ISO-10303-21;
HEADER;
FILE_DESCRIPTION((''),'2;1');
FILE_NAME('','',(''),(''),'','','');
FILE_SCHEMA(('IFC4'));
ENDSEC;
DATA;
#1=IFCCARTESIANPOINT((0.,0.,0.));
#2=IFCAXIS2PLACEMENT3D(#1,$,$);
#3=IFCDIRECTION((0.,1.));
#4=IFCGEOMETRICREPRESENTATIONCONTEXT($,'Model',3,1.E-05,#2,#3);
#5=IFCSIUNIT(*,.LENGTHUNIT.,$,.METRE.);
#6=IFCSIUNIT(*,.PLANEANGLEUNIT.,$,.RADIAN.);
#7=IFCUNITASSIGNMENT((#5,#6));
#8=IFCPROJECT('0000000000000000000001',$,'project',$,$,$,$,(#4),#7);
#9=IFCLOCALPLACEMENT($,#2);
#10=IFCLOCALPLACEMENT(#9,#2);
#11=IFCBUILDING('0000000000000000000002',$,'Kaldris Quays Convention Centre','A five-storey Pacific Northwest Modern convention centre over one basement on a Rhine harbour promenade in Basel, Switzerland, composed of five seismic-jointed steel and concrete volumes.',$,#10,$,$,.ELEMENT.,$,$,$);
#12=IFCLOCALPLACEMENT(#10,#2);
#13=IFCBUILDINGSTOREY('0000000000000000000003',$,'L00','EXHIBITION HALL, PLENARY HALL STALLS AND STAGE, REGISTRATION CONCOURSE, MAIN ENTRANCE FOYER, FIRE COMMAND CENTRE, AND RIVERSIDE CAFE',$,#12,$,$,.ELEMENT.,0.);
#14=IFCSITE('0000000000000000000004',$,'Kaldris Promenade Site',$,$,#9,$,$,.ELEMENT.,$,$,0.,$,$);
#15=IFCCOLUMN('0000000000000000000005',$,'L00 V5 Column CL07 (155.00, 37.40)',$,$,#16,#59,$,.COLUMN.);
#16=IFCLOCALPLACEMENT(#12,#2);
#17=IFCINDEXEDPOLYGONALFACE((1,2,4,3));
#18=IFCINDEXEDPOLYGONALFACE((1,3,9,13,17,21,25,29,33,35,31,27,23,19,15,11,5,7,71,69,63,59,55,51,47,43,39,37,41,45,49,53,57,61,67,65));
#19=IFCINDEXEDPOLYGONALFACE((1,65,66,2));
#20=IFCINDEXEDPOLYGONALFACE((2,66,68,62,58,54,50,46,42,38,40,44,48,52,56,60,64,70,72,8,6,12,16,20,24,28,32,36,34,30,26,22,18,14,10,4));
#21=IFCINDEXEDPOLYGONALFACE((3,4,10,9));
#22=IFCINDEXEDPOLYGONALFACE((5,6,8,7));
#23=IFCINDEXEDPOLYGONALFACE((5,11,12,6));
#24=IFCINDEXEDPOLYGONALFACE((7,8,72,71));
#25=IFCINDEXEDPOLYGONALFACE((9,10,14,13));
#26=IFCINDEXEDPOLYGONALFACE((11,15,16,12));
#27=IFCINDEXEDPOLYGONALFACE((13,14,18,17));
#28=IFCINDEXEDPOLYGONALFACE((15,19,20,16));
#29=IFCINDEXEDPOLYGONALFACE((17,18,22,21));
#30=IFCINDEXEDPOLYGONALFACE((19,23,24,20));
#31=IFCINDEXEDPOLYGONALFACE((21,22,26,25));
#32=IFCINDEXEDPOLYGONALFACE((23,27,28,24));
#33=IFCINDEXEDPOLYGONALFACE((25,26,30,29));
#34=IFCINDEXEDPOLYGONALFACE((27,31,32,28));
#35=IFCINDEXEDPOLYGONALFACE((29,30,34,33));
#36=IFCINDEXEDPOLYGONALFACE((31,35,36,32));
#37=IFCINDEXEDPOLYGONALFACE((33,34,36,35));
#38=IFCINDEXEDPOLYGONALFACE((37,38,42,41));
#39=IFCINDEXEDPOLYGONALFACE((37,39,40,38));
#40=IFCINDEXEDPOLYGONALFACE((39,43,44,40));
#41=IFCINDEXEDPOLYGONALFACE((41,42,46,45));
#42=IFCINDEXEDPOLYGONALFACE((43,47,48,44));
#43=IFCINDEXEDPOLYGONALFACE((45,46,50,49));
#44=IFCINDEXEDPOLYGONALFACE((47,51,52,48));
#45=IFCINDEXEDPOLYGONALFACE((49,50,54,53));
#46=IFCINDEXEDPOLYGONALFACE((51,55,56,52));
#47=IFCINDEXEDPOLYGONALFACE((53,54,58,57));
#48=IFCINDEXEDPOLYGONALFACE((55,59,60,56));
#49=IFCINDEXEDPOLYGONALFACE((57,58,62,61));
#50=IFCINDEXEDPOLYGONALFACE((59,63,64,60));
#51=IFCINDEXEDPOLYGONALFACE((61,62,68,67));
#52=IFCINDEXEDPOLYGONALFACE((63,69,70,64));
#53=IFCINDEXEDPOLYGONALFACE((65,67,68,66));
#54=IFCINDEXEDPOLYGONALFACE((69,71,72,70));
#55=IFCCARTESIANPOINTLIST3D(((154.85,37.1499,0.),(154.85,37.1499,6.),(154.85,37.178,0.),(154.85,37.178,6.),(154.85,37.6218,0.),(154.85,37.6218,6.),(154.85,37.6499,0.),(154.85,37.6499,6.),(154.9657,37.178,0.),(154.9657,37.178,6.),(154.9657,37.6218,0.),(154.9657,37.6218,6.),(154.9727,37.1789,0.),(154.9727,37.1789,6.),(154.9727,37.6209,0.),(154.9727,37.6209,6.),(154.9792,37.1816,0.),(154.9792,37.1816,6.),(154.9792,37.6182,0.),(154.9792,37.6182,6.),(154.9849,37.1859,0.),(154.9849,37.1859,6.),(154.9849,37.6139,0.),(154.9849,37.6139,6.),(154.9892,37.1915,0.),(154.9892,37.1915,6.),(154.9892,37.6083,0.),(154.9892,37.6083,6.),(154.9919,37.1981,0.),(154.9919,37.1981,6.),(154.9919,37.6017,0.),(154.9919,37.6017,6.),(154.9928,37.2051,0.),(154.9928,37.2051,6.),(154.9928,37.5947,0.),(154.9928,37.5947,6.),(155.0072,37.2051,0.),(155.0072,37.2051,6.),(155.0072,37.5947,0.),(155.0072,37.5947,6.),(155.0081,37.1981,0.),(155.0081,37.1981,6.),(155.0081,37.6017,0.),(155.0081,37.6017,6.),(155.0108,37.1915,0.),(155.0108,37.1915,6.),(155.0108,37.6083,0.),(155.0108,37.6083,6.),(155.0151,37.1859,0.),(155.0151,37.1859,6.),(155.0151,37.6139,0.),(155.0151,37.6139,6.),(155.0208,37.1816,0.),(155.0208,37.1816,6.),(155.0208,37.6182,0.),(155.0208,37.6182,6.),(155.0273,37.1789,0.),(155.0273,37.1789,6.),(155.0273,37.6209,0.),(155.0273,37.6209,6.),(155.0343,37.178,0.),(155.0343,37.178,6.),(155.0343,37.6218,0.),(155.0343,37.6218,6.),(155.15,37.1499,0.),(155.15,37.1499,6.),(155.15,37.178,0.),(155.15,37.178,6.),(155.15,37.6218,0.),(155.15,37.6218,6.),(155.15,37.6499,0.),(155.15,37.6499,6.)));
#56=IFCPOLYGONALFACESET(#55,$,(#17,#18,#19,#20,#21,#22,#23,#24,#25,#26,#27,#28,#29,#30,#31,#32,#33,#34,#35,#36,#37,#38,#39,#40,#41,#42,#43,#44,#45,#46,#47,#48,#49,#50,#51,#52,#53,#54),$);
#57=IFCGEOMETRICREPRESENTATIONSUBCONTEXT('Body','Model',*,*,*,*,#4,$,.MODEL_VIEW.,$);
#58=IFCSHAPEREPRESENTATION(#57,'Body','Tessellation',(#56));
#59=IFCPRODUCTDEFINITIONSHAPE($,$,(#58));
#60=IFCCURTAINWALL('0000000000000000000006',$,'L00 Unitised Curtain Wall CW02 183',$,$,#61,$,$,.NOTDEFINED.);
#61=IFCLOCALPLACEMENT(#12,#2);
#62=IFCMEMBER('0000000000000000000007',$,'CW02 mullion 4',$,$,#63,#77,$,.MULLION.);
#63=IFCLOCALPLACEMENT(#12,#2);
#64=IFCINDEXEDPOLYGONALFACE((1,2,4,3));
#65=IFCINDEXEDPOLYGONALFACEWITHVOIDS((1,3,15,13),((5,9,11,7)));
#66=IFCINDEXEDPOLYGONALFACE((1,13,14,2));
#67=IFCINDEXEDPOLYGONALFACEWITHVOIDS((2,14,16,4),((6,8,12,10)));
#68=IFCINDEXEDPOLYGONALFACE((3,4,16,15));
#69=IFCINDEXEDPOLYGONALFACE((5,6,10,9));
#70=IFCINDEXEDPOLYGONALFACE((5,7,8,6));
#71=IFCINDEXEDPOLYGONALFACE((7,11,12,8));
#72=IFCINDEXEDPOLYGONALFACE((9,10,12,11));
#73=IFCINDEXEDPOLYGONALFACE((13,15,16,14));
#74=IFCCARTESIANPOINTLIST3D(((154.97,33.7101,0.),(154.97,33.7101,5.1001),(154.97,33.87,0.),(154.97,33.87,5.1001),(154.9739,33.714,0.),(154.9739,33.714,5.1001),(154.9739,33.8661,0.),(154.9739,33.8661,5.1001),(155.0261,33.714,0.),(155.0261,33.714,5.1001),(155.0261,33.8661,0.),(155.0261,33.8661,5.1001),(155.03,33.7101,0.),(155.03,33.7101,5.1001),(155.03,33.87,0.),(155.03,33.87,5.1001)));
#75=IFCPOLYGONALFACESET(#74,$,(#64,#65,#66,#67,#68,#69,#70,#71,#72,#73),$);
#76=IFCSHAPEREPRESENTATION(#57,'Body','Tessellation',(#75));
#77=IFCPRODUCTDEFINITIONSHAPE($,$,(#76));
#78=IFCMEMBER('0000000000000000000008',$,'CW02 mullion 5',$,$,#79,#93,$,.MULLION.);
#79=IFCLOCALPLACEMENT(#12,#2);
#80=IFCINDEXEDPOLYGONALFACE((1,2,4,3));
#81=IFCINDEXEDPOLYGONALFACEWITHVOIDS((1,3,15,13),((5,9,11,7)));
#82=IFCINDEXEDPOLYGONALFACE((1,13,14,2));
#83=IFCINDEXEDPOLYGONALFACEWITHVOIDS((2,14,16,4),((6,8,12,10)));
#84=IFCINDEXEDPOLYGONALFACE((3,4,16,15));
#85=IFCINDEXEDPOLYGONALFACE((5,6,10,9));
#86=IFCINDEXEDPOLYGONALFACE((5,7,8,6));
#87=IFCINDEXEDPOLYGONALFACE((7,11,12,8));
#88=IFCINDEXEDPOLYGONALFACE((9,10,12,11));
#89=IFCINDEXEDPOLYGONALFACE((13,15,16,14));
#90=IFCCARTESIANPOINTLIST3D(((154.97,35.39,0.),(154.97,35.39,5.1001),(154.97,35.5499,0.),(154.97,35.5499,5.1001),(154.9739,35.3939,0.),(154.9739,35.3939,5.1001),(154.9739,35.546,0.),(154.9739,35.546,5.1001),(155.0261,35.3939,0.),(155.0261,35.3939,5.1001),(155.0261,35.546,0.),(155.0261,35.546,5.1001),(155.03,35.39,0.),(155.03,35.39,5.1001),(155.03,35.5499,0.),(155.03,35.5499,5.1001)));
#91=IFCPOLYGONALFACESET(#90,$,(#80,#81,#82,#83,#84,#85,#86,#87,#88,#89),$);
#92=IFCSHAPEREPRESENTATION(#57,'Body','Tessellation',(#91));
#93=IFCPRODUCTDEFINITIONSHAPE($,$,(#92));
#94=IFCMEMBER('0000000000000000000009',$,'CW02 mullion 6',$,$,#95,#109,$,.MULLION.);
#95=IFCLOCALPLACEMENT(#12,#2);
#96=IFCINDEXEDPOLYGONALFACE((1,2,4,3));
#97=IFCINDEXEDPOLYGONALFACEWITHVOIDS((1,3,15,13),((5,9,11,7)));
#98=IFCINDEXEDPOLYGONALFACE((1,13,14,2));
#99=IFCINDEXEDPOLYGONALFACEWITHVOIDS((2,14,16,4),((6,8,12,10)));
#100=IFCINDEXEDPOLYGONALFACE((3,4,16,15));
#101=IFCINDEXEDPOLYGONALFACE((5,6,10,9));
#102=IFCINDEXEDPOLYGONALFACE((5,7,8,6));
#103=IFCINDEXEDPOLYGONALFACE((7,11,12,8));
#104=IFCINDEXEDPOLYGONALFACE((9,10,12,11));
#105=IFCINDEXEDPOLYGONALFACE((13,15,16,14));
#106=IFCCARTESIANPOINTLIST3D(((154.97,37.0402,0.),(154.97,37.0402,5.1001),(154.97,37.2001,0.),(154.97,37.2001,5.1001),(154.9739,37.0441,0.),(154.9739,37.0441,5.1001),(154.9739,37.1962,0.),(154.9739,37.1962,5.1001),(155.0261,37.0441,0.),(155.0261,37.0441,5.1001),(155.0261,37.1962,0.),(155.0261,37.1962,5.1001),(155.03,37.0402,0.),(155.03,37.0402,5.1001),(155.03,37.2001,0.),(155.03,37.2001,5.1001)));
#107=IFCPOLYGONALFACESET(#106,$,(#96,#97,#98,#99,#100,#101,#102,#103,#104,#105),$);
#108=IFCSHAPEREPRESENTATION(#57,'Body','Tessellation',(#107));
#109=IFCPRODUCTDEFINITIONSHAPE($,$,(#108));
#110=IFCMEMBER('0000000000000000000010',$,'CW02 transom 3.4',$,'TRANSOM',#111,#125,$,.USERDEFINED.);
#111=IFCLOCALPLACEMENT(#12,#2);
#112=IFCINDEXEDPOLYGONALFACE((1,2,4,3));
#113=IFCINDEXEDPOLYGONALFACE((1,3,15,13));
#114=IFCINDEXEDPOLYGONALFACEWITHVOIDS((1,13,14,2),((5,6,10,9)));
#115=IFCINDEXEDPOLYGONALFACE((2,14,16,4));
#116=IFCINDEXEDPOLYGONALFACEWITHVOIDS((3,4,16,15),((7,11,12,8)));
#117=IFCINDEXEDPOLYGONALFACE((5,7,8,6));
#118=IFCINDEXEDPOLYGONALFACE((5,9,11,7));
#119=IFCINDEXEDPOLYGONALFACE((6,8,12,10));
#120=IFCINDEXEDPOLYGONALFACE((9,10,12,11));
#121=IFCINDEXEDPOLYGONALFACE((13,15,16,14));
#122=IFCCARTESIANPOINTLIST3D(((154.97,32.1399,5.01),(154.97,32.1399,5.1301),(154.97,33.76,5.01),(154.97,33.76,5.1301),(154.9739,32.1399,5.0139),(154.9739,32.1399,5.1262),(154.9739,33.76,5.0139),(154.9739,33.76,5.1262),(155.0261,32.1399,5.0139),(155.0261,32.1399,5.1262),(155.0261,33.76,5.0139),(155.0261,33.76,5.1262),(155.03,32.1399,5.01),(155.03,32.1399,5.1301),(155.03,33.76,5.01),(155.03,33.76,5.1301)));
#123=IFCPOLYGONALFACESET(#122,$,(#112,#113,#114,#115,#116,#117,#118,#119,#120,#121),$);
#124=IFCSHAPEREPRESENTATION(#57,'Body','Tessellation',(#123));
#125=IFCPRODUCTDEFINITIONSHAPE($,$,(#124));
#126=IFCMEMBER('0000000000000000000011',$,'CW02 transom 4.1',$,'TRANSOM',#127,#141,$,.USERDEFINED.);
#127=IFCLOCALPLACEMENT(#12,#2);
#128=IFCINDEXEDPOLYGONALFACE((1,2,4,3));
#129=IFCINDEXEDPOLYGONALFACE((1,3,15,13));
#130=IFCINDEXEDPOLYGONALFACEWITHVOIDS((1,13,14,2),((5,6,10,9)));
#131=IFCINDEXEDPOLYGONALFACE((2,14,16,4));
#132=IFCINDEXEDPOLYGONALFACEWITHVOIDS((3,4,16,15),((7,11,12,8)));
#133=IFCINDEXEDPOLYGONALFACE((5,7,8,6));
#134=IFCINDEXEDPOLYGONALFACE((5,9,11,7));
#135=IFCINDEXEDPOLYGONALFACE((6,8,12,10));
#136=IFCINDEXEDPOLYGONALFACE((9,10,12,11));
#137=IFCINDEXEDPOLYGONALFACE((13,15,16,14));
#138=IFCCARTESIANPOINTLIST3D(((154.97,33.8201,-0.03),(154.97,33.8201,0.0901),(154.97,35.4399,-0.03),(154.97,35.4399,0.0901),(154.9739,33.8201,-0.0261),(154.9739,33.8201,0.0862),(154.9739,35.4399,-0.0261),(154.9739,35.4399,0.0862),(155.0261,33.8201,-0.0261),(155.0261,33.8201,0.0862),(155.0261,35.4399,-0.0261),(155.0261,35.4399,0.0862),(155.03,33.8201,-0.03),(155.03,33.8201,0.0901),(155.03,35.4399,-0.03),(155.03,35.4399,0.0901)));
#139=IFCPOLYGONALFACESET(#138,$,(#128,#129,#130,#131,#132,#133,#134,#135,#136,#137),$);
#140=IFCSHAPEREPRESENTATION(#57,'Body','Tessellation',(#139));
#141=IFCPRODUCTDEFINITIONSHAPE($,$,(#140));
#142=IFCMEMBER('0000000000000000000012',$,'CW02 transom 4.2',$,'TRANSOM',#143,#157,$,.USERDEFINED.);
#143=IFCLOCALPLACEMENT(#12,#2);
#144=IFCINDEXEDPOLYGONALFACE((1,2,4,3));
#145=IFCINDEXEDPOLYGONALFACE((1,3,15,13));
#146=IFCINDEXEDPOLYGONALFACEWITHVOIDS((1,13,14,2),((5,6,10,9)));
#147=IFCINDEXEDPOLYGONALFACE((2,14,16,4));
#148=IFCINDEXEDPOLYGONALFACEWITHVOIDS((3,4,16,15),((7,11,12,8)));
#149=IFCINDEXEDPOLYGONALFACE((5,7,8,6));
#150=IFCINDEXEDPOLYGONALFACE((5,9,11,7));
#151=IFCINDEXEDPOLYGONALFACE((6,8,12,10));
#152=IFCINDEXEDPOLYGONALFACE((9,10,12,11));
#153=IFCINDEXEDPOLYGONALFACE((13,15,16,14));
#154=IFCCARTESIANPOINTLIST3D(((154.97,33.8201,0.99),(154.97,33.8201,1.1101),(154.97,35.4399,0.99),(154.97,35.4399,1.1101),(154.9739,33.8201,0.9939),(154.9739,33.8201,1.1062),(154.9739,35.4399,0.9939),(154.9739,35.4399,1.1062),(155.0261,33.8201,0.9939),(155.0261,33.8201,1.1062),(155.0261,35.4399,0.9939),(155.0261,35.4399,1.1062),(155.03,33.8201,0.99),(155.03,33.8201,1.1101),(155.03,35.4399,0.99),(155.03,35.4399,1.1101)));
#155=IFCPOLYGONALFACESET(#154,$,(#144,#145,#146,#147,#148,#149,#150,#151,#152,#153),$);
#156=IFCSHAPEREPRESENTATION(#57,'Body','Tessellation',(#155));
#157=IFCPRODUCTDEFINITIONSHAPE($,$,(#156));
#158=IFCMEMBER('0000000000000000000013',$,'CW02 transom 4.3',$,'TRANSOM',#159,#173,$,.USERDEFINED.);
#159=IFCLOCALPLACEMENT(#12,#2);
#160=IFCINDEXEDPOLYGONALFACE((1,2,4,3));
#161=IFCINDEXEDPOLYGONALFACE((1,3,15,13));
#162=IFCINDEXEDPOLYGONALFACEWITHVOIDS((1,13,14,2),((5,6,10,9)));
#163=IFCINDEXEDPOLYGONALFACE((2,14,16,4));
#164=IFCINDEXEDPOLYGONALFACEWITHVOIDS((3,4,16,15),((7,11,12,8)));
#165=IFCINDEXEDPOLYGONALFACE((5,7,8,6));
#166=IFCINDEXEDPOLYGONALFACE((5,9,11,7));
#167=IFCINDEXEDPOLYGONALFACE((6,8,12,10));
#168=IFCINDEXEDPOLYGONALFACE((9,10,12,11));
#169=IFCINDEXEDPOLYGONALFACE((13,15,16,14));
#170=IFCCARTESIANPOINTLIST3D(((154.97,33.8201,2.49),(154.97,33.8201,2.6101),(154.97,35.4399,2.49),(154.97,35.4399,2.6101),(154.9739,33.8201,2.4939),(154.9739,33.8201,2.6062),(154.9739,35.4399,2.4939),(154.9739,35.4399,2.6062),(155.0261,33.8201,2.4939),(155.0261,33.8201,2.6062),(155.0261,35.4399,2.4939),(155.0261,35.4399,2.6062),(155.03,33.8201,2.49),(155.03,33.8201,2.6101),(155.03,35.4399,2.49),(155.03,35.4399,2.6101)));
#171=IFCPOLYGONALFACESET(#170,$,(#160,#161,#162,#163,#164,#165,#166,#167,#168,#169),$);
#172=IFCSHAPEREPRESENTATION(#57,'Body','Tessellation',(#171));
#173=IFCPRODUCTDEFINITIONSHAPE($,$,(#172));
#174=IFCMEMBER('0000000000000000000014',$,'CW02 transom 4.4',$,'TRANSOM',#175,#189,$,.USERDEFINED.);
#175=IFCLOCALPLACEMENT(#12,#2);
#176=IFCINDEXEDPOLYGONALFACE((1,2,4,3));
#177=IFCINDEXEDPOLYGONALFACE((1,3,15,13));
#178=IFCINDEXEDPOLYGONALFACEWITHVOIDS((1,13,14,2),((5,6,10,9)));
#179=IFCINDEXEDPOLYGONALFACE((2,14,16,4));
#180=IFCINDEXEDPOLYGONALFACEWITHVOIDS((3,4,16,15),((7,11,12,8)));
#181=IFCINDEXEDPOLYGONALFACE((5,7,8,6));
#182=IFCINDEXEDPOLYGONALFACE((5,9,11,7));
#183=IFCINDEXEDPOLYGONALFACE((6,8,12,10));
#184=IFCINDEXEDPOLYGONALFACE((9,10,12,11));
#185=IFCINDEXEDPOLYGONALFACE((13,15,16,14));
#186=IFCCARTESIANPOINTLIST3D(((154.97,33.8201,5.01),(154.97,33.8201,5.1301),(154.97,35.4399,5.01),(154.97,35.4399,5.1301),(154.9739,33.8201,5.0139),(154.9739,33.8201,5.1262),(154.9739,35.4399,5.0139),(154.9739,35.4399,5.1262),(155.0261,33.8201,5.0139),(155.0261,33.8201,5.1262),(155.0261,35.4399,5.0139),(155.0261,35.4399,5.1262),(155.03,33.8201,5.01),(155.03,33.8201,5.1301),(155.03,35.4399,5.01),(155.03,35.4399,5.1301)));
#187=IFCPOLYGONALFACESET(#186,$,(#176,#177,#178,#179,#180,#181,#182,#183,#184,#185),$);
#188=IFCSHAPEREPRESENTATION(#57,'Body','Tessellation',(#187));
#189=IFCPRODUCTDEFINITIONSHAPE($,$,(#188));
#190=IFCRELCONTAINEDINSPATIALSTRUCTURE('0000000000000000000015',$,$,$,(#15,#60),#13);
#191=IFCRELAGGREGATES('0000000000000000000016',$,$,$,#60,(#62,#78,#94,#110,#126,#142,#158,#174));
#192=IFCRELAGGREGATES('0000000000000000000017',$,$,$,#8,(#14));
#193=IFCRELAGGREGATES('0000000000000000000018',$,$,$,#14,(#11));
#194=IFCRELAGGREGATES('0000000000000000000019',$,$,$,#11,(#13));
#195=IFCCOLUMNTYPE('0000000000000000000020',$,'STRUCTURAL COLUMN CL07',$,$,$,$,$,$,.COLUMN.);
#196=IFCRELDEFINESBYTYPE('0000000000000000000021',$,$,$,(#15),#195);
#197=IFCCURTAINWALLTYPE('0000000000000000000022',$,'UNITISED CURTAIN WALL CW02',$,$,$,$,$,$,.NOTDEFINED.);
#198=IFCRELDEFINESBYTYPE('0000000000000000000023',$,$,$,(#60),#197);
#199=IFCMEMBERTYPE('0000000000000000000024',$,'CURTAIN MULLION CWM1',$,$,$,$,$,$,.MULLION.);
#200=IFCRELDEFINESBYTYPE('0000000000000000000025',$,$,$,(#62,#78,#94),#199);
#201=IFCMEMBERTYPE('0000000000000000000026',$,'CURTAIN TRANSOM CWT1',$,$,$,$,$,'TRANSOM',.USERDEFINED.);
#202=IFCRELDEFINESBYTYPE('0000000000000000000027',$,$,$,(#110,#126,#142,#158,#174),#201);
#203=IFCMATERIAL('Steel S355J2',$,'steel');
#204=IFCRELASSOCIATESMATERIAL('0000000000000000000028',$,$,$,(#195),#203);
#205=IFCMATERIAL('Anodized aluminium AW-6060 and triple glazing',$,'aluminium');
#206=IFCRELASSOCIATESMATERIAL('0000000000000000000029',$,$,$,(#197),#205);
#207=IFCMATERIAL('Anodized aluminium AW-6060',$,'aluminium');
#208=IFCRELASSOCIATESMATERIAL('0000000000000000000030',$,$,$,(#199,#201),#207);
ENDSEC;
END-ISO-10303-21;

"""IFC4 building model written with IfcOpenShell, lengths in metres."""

from ifc_helpers import new_model, si_unit, direction, frame, origin, origin_2d, place, context, subcontext, project, spatial, hollow_rectangle, i_section, extrude, material, material_profile, profile_set, type_object, element, aggregate, save


model = new_model("IFC4")

# Units and contexts
model_context = context("Model", 3, precision=1e-05, world=origin(), true_north=direction((0.0, 1.0)))
body_context = subcontext(model_context, "Body", "Model", "MODEL_VIEW")
ifc_project = project(units=[si_unit("LENGTHUNIT", "METRE"), si_unit("PLANEANGLEUNIT", "RADIAN")], contexts=[model_context])

# Site, building, storey
site_placement = place(None, origin())
site = spatial("IfcSite", under=ifc_project, at=site_placement, Name="Kaldris Promenade Site", CompositionType="ELEMENT", RefElevation=0.0)
building_placement = place(site_placement, origin())
building = spatial("IfcBuilding", under=site, at=building_placement, Name="Kaldris Quays Convention Centre", Description="A five-storey Pacific Northwest Modern convention centre over one basement on a Rhine harbour promenade in Basel, Switzerland, composed of five seismic-jointed steel and concrete volumes.", CompositionType="ELEMENT")
storey_placement = place(building_placement, origin())
storey = spatial("IfcBuildingStorey", under=building, at=storey_placement, Name="L00", Description="EXHIBITION HALL, PLENARY HALL STALLS AND STAGE, REGISTRATION CONCOURSE, MAIN ENTRANCE FOYER, FIRE COMMAND CENTRE, AND RIVERSIDE CAFE", CompositionType="ELEMENT", Elevation=0.0)

# Column
ifc_material_1 = material(Name="Steel S355J2", Category="steel")
ifc_material_profile_1 = material_profile(ifc_material_1, i_section(OverallWidth=0.3, OverallDepth=0.5, WebThickness=0.0144, FlangeThickness=0.0281, FilletRadius=0.0271, at=origin_2d()), Name="HEB 500")
ifc_profile_set_1 = profile_set([ifc_material_profile_1], Name="Steel S355J2")
column_type = type_object("IfcColumnType", Name="STRUCTURAL COLUMN CL07", PredefinedType="COLUMN", material=ifc_profile_set_1)
column_placement = place(storey_placement, frame((155.0, 37.3999, 0.0), z_axis=(0.0, 0.0, 1.0), x_axis=(1.0, 0.0, 0.0)))
element("IfcColumn", 1, at=column_placement, inside=storey, type_object=column_type, Name="L00 V5 Column CL07 (155.00, 37.40)", PredefinedType="COLUMN", context=body_context, shape_type="SweptSolid", body=[
    extrude(i_section(OverallWidth=0.3, OverallDepth=0.5, WebThickness=0.0144, FlangeThickness=0.0281, FilletRadius=0.0271, at=origin_2d()), origin(), (0.0, 0.0, 1.0), 6.0),
])

# Curtain wall, members
ifc_material_2 = material(Name="Anodized aluminium AW-6060 and triple glazing", Category="aluminium")
curtain_wall_type = type_object("IfcCurtainWallType", Name="UNITISED CURTAIN WALL CW02", PredefinedType="NOTDEFINED", material=ifc_material_2)
curtain_wall_placement = place(storey_placement, origin())
curtain_wall = element("IfcCurtainWall", 2, at=curtain_wall_placement, inside=storey, type_object=curtain_wall_type, Name="L00 Unitised Curtain Wall CW02 183", PredefinedType="NOTDEFINED")
ifc_material_3 = material(Name="Anodized aluminium AW-6060", Category="aluminium")
ifc_material_profile_2 = material_profile(ifc_material_3, hollow_rectangle(XDim=0.0601, YDim=0.1599, WallThickness=0.0039, at=origin_2d()), Name="RHS 160x60x4")
ifc_profile_set_2 = profile_set([ifc_material_profile_2], Name="Anodized aluminium AW-6060")
member_type_1 = type_object("IfcMemberType", Name="CURTAIN MULLION CWM1", PredefinedType="MULLION", material=ifc_profile_set_2)
member_1_placement = place(storey_placement, frame((155.0, 33.79, 0.0), z_axis=(0.0, 0.0, 1.0), x_axis=(-1.0, 0.0, 0.0)))
member_1 = element("IfcMember", 3, at=member_1_placement, type_object=member_type_1, Name="CW02 mullion 4", PredefinedType="MULLION", context=body_context, shape_type="SweptSolid", body=[
    extrude(hollow_rectangle(XDim=0.0601, YDim=0.1599, WallThickness=0.0039, at=origin_2d()), origin(), (0.0, 0.0, 1.0), 5.1001),
])
member_2_placement = place(storey_placement, frame((155.0, 35.47, 0.0), z_axis=(0.0, 0.0, 1.0), x_axis=(-1.0, 0.0, 0.0)))
member_2 = element("IfcMember", 4, at=member_2_placement, type_object=member_type_1, Name="CW02 mullion 5", PredefinedType="MULLION", context=body_context, shape_type="SweptSolid", body=[
    extrude(hollow_rectangle(XDim=0.0601, YDim=0.1599, WallThickness=0.0039, at=origin_2d()), origin(), (0.0, 0.0, 1.0), 5.1001),
])
member_3_placement = place(storey_placement, frame((155.0, 37.1201, 0.0), z_axis=(0.0, 0.0, 1.0), x_axis=(-1.0, 0.0, 0.0)))
member_3 = element("IfcMember", 5, at=member_3_placement, type_object=member_type_1, Name="CW02 mullion 6", PredefinedType="MULLION", context=body_context, shape_type="SweptSolid", body=[
    extrude(hollow_rectangle(XDim=0.0601, YDim=0.1599, WallThickness=0.0039, at=origin_2d()), origin(), (0.0, 0.0, 1.0), 5.1001),
])
ifc_material_profile_3 = material_profile(ifc_material_3, hollow_rectangle(XDim=0.0601, YDim=0.1201, WallThickness=0.0039, at=origin_2d()), Name="RHS 120x60x4")
ifc_profile_set_3 = profile_set([ifc_material_profile_3], Name="Anodized aluminium AW-6060")
member_type_2 = type_object("IfcMemberType", Name="CURTAIN TRANSOM CWT1", ElementType="TRANSOM", PredefinedType="USERDEFINED", material=ifc_profile_set_3)
member_4_placement = place(storey_placement, frame((155.0, 32.1399, 5.0701), z_axis=(0.0, 1.0, 0.0), x_axis=(-1.0, 0.0, 0.0)))
member_4 = element("IfcMember", 6, at=member_4_placement, type_object=member_type_2, Name="CW02 transom 3.4", ObjectType="TRANSOM", PredefinedType="USERDEFINED", context=body_context, shape_type="SweptSolid", body=[
    extrude(hollow_rectangle(XDim=0.0601, YDim=0.1201, WallThickness=0.0039, at=origin_2d()), origin(), (0.0, 0.0, 1.0), 1.6201),
])
member_5_placement = place(storey_placement, frame((155.0, 33.8201, 0.03), z_axis=(0.0, 1.0, 0.0), x_axis=(-1.0, 0.0, 0.0)))
member_5 = element("IfcMember", 7, at=member_5_placement, type_object=member_type_2, Name="CW02 transom 4.1", ObjectType="TRANSOM", PredefinedType="USERDEFINED", context=body_context, shape_type="SweptSolid", body=[
    extrude(hollow_rectangle(XDim=0.0601, YDim=0.1201, WallThickness=0.0039, at=origin_2d()), origin(), (0.0, 0.0, 1.0), 1.6199),
])
member_6_placement = place(storey_placement, frame((155.0, 33.8201, 1.05), z_axis=(0.0, 1.0, 0.0), x_axis=(-1.0, 0.0, 0.0)))
member_6 = element("IfcMember", 8, at=member_6_placement, type_object=member_type_2, Name="CW02 transom 4.2", ObjectType="TRANSOM", PredefinedType="USERDEFINED", context=body_context, shape_type="SweptSolid", body=[
    extrude(hollow_rectangle(XDim=0.0601, YDim=0.1201, WallThickness=0.0039, at=origin_2d()), origin(), (0.0, 0.0, 1.0), 1.6199),
])
member_7_placement = place(storey_placement, frame((155.0, 33.8201, 2.55), z_axis=(0.0, 1.0, 0.0), x_axis=(-1.0, 0.0, 0.0)))
member_7 = element("IfcMember", 9, at=member_7_placement, type_object=member_type_2, Name="CW02 transom 4.3", ObjectType="TRANSOM", PredefinedType="USERDEFINED", context=body_context, shape_type="SweptSolid", body=[
    extrude(hollow_rectangle(XDim=0.0601, YDim=0.1201, WallThickness=0.0039, at=origin_2d()), origin(), (0.0, 0.0, 1.0), 1.6199),
])
member_8_placement = place(storey_placement, frame((155.0, 33.8201, 5.0701), z_axis=(0.0, 1.0, 0.0), x_axis=(-1.0, 0.0, 0.0)))
member_8 = element("IfcMember", 10, at=member_8_placement, type_object=member_type_2, Name="CW02 transom 4.4", ObjectType="TRANSOM", PredefinedType="USERDEFINED", context=body_context, shape_type="SweptSolid", body=[
    extrude(hollow_rectangle(XDim=0.0601, YDim=0.1201, WallThickness=0.0039, at=origin_2d()), origin(), (0.0, 0.0, 1.0), 1.6199),
])

aggregate(curtain_wall, [member_1, member_2, member_3, member_4, member_5, member_6, member_7, member_8])

save(model, "model.ifc")
